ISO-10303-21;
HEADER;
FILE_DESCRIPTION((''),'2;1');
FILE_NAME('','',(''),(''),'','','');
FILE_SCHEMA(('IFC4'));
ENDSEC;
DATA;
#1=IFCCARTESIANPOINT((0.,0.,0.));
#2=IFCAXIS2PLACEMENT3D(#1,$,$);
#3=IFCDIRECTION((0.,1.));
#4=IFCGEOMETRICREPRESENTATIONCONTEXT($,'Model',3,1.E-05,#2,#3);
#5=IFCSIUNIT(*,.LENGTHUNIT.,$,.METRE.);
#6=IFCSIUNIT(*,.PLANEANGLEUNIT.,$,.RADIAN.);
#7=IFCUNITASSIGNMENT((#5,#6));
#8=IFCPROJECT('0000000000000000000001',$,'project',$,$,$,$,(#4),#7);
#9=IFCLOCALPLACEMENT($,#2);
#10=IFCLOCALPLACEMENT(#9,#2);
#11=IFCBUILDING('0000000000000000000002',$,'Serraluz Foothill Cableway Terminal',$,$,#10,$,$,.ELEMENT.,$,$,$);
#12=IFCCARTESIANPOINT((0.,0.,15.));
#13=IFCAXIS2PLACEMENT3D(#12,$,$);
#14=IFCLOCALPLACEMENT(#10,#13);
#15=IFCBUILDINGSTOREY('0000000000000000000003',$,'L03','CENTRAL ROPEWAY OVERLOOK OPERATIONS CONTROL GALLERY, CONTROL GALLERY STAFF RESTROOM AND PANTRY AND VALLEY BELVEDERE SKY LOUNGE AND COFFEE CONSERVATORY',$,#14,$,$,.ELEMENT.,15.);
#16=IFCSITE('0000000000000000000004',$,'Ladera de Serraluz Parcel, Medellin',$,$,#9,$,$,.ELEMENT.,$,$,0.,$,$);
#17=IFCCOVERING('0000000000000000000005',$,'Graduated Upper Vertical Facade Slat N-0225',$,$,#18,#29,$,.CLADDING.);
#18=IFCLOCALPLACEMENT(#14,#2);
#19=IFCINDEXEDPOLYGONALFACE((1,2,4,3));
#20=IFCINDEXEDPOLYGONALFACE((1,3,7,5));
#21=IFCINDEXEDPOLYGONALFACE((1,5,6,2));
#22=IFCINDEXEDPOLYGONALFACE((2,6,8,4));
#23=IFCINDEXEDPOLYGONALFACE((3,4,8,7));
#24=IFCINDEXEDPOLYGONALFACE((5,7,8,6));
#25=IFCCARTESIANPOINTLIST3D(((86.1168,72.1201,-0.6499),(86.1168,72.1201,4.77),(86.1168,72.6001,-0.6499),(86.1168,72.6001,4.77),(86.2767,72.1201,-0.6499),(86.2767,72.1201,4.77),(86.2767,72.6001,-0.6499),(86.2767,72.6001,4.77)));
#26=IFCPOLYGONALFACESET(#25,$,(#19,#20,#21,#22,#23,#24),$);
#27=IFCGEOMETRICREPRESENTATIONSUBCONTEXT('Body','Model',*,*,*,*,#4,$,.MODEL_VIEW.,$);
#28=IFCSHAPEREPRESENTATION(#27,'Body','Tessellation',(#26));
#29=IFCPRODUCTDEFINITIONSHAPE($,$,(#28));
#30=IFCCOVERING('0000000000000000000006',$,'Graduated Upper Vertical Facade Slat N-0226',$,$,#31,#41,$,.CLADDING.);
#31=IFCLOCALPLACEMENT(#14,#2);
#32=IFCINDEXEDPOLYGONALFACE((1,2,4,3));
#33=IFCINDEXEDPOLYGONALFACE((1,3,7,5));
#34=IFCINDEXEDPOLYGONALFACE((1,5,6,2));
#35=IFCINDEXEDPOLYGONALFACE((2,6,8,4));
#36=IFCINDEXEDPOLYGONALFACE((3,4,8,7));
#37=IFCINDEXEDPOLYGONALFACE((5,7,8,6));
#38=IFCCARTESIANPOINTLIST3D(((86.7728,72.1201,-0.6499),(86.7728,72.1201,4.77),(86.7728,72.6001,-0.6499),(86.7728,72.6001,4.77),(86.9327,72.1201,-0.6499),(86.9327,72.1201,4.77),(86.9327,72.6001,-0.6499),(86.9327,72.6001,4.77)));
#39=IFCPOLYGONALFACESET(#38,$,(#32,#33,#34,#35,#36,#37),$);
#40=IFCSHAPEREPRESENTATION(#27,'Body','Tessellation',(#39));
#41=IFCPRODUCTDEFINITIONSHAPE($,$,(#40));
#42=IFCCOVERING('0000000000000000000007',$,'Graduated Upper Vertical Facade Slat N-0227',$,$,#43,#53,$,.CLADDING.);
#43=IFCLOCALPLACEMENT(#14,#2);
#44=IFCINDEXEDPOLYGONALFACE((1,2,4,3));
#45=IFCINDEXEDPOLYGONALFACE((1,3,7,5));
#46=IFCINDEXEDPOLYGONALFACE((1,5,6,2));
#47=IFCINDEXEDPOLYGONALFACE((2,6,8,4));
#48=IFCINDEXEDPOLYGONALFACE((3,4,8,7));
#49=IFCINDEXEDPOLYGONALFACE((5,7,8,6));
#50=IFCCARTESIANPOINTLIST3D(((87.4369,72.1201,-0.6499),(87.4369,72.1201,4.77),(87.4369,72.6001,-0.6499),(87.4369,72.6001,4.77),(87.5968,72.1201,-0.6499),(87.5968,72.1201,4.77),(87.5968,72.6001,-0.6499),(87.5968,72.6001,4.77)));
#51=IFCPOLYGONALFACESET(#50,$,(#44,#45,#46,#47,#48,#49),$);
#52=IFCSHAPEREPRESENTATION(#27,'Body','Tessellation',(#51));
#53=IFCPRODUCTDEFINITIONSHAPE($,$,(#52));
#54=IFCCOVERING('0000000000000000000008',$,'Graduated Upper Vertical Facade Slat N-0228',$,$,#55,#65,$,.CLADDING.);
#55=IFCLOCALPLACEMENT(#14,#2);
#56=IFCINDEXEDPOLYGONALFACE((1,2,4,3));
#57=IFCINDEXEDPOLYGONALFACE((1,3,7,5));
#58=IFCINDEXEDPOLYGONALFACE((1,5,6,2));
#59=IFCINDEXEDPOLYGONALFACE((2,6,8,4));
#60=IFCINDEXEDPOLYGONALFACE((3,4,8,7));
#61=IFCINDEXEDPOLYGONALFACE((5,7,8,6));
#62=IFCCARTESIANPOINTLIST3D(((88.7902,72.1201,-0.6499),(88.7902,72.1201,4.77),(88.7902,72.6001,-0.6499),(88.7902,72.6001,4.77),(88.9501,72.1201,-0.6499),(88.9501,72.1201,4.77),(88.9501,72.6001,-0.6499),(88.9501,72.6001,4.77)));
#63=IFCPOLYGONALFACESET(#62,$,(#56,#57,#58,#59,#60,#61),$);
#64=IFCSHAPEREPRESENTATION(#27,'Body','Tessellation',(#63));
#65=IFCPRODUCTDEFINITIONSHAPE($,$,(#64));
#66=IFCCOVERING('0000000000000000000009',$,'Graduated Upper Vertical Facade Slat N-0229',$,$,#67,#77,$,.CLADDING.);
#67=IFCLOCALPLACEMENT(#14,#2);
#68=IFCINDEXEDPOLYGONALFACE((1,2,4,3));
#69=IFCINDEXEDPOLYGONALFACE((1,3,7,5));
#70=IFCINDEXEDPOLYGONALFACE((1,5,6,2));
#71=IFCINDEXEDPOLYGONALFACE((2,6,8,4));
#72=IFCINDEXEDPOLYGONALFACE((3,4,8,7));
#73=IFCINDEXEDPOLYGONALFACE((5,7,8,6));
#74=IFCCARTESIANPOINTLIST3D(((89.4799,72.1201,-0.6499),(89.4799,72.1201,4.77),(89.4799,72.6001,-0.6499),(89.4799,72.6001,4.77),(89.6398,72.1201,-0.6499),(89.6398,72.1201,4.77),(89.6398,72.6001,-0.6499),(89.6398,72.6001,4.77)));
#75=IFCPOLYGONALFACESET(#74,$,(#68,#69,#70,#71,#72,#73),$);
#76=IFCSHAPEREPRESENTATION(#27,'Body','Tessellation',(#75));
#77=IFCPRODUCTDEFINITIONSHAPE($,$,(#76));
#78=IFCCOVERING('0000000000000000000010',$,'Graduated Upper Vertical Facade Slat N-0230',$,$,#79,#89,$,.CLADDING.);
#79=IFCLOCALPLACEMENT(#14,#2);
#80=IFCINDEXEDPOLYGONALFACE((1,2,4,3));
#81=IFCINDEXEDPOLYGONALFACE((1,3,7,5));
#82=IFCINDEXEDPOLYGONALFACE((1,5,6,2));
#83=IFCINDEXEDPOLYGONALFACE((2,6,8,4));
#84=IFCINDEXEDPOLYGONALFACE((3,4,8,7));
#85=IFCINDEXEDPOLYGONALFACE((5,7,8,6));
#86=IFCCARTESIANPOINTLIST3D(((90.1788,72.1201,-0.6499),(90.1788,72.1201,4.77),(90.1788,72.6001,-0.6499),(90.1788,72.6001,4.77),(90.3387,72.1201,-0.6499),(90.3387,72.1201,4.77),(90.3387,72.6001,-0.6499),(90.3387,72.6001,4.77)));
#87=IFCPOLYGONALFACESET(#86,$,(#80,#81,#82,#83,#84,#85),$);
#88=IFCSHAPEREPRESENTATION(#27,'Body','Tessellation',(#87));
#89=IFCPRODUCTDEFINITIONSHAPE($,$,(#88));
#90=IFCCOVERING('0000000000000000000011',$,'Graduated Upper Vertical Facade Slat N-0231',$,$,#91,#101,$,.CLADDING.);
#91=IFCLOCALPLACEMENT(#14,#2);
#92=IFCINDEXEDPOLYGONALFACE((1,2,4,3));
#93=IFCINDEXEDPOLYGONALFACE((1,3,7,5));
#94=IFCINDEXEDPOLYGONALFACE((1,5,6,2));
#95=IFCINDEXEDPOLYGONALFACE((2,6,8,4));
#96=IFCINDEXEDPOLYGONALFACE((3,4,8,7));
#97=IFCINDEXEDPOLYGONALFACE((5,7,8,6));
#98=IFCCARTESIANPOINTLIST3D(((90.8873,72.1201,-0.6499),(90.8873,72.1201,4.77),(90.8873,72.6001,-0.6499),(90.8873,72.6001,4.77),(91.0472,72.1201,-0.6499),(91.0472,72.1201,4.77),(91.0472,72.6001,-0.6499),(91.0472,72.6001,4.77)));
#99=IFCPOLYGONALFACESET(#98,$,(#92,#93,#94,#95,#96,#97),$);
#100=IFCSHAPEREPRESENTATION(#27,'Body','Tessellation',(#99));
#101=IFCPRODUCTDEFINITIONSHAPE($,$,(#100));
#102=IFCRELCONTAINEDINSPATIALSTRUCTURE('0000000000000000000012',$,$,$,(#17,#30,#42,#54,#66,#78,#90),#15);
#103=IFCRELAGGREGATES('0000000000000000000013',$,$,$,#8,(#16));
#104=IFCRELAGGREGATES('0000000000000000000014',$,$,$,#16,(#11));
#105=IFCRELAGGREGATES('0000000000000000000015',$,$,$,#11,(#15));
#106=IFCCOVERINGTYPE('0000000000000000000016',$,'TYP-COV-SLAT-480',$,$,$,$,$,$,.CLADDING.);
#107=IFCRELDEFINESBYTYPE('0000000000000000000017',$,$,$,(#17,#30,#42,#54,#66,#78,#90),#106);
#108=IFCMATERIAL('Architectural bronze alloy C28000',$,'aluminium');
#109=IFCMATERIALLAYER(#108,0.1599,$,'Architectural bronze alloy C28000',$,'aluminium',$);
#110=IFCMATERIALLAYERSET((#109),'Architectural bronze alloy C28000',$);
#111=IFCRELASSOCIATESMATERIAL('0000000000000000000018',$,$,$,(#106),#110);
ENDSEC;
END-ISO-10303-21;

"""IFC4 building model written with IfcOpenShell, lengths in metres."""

from ifc_helpers import new_model, si_unit, direction, frame, origin, origin_2d, place, context, subcontext, project, spatial, rectangle, extrude, material, layer, layer_set, type_object, element, save


model = new_model("IFC4")

# Units and contexts
model_context = context("Model", 3, precision=1e-05, world=origin(), true_north=direction((0.0, 1.0)))
body_context = subcontext(model_context, "Body", "Model", "MODEL_VIEW")
ifc_project = project(units=[si_unit("LENGTHUNIT", "METRE"), si_unit("PLANEANGLEUNIT", "RADIAN")], contexts=[model_context])

# Site, building, storey
site_placement = place(None, origin())
site = spatial("IfcSite", under=ifc_project, at=site_placement, Name="Ladera de Serraluz Parcel, Medellin", CompositionType="ELEMENT", RefElevation=0.0)
building_placement = place(site_placement, origin())
building = spatial("IfcBuilding", under=site, at=building_placement, Name="Serraluz Foothill Cableway Terminal", CompositionType="ELEMENT")
storey_placement = place(building_placement, frame((0.0, 0.0, 15.0)))
storey = spatial("IfcBuildingStorey", under=building, at=storey_placement, Name="L03", Description="CENTRAL ROPEWAY OVERLOOK OPERATIONS CONTROL GALLERY, CONTROL GALLERY STAFF RESTROOM AND PANTRY AND VALLEY BELVEDERE SKY LOUNGE AND COFFEE CONSERVATORY", CompositionType="ELEMENT", Elevation=15.0)

# Shared definitions
ifc_material_1 = material(Name="Architectural bronze alloy C28000", Category="aluminium")

# Coverings
ifc_layer_1 = layer(ifc_material_1, 0.1599, Name="Architectural bronze alloy C28000", Category="aluminium")
ifc_layer_set_1 = layer_set([ifc_layer_1], Name="Architectural bronze alloy C28000")
covering_type = type_object("IfcCoveringType", Name="TYP-COV-SLAT-480", PredefinedType="CLADDING", material=ifc_layer_set_1)
for number, where, z_axis, x_axis, name in (
    (1, (86.1968, 72.3601, -0.6499), (0.0, 0.0, 1.0), (1.0, 0.0, 0.0), "Graduated Upper Vertical Facade Slat N-0225"),
    (2, (86.8528, 72.3601, -0.6499), (0.0, 0.0, 1.0), (1.0, 0.0, 0.0), "Graduated Upper Vertical Facade Slat N-0226"),
    (3, (87.5168, 72.3601, -0.6499), (0.0, 0.0, 1.0), (1.0, 0.0, 0.0), "Graduated Upper Vertical Facade Slat N-0227"),
    (4, (88.8701, 72.3601, -0.6499), (0.0, 0.0, 1.0), (1.0, 0.0, 0.0), "Graduated Upper Vertical Facade Slat N-0228"),
    (5, (89.5598, 72.3601, -0.6499), (0.0, 0.0, 1.0), (1.0, 0.0, 0.0), "Graduated Upper Vertical Facade Slat N-0229"),
    (6, (90.2588, 72.3601, -0.6499), (0.0, 0.0, 1.0), (1.0, 0.0, 0.0), "Graduated Upper Vertical Facade Slat N-0230"),
    (7, (90.9673, 72.3601, -0.6499), (0.0, 0.0, 1.0), (1.0, 0.0, 0.0), "Graduated Upper Vertical Facade Slat N-0231"),
):
    element("IfcCovering", number, at=place(storey_placement, frame(where, z_axis=z_axis, x_axis=x_axis)), inside=storey, type_object=covering_type, Name=name, PredefinedType="CLADDING", context=body_context, shape_type="SweptSolid", body=[
        extrude(rectangle(XDim=0.1599, YDim=0.48, at=origin_2d()), origin(), (0.0, 0.0, 1.0), 5.4199),
    ])

save(model, "model.ifc")
